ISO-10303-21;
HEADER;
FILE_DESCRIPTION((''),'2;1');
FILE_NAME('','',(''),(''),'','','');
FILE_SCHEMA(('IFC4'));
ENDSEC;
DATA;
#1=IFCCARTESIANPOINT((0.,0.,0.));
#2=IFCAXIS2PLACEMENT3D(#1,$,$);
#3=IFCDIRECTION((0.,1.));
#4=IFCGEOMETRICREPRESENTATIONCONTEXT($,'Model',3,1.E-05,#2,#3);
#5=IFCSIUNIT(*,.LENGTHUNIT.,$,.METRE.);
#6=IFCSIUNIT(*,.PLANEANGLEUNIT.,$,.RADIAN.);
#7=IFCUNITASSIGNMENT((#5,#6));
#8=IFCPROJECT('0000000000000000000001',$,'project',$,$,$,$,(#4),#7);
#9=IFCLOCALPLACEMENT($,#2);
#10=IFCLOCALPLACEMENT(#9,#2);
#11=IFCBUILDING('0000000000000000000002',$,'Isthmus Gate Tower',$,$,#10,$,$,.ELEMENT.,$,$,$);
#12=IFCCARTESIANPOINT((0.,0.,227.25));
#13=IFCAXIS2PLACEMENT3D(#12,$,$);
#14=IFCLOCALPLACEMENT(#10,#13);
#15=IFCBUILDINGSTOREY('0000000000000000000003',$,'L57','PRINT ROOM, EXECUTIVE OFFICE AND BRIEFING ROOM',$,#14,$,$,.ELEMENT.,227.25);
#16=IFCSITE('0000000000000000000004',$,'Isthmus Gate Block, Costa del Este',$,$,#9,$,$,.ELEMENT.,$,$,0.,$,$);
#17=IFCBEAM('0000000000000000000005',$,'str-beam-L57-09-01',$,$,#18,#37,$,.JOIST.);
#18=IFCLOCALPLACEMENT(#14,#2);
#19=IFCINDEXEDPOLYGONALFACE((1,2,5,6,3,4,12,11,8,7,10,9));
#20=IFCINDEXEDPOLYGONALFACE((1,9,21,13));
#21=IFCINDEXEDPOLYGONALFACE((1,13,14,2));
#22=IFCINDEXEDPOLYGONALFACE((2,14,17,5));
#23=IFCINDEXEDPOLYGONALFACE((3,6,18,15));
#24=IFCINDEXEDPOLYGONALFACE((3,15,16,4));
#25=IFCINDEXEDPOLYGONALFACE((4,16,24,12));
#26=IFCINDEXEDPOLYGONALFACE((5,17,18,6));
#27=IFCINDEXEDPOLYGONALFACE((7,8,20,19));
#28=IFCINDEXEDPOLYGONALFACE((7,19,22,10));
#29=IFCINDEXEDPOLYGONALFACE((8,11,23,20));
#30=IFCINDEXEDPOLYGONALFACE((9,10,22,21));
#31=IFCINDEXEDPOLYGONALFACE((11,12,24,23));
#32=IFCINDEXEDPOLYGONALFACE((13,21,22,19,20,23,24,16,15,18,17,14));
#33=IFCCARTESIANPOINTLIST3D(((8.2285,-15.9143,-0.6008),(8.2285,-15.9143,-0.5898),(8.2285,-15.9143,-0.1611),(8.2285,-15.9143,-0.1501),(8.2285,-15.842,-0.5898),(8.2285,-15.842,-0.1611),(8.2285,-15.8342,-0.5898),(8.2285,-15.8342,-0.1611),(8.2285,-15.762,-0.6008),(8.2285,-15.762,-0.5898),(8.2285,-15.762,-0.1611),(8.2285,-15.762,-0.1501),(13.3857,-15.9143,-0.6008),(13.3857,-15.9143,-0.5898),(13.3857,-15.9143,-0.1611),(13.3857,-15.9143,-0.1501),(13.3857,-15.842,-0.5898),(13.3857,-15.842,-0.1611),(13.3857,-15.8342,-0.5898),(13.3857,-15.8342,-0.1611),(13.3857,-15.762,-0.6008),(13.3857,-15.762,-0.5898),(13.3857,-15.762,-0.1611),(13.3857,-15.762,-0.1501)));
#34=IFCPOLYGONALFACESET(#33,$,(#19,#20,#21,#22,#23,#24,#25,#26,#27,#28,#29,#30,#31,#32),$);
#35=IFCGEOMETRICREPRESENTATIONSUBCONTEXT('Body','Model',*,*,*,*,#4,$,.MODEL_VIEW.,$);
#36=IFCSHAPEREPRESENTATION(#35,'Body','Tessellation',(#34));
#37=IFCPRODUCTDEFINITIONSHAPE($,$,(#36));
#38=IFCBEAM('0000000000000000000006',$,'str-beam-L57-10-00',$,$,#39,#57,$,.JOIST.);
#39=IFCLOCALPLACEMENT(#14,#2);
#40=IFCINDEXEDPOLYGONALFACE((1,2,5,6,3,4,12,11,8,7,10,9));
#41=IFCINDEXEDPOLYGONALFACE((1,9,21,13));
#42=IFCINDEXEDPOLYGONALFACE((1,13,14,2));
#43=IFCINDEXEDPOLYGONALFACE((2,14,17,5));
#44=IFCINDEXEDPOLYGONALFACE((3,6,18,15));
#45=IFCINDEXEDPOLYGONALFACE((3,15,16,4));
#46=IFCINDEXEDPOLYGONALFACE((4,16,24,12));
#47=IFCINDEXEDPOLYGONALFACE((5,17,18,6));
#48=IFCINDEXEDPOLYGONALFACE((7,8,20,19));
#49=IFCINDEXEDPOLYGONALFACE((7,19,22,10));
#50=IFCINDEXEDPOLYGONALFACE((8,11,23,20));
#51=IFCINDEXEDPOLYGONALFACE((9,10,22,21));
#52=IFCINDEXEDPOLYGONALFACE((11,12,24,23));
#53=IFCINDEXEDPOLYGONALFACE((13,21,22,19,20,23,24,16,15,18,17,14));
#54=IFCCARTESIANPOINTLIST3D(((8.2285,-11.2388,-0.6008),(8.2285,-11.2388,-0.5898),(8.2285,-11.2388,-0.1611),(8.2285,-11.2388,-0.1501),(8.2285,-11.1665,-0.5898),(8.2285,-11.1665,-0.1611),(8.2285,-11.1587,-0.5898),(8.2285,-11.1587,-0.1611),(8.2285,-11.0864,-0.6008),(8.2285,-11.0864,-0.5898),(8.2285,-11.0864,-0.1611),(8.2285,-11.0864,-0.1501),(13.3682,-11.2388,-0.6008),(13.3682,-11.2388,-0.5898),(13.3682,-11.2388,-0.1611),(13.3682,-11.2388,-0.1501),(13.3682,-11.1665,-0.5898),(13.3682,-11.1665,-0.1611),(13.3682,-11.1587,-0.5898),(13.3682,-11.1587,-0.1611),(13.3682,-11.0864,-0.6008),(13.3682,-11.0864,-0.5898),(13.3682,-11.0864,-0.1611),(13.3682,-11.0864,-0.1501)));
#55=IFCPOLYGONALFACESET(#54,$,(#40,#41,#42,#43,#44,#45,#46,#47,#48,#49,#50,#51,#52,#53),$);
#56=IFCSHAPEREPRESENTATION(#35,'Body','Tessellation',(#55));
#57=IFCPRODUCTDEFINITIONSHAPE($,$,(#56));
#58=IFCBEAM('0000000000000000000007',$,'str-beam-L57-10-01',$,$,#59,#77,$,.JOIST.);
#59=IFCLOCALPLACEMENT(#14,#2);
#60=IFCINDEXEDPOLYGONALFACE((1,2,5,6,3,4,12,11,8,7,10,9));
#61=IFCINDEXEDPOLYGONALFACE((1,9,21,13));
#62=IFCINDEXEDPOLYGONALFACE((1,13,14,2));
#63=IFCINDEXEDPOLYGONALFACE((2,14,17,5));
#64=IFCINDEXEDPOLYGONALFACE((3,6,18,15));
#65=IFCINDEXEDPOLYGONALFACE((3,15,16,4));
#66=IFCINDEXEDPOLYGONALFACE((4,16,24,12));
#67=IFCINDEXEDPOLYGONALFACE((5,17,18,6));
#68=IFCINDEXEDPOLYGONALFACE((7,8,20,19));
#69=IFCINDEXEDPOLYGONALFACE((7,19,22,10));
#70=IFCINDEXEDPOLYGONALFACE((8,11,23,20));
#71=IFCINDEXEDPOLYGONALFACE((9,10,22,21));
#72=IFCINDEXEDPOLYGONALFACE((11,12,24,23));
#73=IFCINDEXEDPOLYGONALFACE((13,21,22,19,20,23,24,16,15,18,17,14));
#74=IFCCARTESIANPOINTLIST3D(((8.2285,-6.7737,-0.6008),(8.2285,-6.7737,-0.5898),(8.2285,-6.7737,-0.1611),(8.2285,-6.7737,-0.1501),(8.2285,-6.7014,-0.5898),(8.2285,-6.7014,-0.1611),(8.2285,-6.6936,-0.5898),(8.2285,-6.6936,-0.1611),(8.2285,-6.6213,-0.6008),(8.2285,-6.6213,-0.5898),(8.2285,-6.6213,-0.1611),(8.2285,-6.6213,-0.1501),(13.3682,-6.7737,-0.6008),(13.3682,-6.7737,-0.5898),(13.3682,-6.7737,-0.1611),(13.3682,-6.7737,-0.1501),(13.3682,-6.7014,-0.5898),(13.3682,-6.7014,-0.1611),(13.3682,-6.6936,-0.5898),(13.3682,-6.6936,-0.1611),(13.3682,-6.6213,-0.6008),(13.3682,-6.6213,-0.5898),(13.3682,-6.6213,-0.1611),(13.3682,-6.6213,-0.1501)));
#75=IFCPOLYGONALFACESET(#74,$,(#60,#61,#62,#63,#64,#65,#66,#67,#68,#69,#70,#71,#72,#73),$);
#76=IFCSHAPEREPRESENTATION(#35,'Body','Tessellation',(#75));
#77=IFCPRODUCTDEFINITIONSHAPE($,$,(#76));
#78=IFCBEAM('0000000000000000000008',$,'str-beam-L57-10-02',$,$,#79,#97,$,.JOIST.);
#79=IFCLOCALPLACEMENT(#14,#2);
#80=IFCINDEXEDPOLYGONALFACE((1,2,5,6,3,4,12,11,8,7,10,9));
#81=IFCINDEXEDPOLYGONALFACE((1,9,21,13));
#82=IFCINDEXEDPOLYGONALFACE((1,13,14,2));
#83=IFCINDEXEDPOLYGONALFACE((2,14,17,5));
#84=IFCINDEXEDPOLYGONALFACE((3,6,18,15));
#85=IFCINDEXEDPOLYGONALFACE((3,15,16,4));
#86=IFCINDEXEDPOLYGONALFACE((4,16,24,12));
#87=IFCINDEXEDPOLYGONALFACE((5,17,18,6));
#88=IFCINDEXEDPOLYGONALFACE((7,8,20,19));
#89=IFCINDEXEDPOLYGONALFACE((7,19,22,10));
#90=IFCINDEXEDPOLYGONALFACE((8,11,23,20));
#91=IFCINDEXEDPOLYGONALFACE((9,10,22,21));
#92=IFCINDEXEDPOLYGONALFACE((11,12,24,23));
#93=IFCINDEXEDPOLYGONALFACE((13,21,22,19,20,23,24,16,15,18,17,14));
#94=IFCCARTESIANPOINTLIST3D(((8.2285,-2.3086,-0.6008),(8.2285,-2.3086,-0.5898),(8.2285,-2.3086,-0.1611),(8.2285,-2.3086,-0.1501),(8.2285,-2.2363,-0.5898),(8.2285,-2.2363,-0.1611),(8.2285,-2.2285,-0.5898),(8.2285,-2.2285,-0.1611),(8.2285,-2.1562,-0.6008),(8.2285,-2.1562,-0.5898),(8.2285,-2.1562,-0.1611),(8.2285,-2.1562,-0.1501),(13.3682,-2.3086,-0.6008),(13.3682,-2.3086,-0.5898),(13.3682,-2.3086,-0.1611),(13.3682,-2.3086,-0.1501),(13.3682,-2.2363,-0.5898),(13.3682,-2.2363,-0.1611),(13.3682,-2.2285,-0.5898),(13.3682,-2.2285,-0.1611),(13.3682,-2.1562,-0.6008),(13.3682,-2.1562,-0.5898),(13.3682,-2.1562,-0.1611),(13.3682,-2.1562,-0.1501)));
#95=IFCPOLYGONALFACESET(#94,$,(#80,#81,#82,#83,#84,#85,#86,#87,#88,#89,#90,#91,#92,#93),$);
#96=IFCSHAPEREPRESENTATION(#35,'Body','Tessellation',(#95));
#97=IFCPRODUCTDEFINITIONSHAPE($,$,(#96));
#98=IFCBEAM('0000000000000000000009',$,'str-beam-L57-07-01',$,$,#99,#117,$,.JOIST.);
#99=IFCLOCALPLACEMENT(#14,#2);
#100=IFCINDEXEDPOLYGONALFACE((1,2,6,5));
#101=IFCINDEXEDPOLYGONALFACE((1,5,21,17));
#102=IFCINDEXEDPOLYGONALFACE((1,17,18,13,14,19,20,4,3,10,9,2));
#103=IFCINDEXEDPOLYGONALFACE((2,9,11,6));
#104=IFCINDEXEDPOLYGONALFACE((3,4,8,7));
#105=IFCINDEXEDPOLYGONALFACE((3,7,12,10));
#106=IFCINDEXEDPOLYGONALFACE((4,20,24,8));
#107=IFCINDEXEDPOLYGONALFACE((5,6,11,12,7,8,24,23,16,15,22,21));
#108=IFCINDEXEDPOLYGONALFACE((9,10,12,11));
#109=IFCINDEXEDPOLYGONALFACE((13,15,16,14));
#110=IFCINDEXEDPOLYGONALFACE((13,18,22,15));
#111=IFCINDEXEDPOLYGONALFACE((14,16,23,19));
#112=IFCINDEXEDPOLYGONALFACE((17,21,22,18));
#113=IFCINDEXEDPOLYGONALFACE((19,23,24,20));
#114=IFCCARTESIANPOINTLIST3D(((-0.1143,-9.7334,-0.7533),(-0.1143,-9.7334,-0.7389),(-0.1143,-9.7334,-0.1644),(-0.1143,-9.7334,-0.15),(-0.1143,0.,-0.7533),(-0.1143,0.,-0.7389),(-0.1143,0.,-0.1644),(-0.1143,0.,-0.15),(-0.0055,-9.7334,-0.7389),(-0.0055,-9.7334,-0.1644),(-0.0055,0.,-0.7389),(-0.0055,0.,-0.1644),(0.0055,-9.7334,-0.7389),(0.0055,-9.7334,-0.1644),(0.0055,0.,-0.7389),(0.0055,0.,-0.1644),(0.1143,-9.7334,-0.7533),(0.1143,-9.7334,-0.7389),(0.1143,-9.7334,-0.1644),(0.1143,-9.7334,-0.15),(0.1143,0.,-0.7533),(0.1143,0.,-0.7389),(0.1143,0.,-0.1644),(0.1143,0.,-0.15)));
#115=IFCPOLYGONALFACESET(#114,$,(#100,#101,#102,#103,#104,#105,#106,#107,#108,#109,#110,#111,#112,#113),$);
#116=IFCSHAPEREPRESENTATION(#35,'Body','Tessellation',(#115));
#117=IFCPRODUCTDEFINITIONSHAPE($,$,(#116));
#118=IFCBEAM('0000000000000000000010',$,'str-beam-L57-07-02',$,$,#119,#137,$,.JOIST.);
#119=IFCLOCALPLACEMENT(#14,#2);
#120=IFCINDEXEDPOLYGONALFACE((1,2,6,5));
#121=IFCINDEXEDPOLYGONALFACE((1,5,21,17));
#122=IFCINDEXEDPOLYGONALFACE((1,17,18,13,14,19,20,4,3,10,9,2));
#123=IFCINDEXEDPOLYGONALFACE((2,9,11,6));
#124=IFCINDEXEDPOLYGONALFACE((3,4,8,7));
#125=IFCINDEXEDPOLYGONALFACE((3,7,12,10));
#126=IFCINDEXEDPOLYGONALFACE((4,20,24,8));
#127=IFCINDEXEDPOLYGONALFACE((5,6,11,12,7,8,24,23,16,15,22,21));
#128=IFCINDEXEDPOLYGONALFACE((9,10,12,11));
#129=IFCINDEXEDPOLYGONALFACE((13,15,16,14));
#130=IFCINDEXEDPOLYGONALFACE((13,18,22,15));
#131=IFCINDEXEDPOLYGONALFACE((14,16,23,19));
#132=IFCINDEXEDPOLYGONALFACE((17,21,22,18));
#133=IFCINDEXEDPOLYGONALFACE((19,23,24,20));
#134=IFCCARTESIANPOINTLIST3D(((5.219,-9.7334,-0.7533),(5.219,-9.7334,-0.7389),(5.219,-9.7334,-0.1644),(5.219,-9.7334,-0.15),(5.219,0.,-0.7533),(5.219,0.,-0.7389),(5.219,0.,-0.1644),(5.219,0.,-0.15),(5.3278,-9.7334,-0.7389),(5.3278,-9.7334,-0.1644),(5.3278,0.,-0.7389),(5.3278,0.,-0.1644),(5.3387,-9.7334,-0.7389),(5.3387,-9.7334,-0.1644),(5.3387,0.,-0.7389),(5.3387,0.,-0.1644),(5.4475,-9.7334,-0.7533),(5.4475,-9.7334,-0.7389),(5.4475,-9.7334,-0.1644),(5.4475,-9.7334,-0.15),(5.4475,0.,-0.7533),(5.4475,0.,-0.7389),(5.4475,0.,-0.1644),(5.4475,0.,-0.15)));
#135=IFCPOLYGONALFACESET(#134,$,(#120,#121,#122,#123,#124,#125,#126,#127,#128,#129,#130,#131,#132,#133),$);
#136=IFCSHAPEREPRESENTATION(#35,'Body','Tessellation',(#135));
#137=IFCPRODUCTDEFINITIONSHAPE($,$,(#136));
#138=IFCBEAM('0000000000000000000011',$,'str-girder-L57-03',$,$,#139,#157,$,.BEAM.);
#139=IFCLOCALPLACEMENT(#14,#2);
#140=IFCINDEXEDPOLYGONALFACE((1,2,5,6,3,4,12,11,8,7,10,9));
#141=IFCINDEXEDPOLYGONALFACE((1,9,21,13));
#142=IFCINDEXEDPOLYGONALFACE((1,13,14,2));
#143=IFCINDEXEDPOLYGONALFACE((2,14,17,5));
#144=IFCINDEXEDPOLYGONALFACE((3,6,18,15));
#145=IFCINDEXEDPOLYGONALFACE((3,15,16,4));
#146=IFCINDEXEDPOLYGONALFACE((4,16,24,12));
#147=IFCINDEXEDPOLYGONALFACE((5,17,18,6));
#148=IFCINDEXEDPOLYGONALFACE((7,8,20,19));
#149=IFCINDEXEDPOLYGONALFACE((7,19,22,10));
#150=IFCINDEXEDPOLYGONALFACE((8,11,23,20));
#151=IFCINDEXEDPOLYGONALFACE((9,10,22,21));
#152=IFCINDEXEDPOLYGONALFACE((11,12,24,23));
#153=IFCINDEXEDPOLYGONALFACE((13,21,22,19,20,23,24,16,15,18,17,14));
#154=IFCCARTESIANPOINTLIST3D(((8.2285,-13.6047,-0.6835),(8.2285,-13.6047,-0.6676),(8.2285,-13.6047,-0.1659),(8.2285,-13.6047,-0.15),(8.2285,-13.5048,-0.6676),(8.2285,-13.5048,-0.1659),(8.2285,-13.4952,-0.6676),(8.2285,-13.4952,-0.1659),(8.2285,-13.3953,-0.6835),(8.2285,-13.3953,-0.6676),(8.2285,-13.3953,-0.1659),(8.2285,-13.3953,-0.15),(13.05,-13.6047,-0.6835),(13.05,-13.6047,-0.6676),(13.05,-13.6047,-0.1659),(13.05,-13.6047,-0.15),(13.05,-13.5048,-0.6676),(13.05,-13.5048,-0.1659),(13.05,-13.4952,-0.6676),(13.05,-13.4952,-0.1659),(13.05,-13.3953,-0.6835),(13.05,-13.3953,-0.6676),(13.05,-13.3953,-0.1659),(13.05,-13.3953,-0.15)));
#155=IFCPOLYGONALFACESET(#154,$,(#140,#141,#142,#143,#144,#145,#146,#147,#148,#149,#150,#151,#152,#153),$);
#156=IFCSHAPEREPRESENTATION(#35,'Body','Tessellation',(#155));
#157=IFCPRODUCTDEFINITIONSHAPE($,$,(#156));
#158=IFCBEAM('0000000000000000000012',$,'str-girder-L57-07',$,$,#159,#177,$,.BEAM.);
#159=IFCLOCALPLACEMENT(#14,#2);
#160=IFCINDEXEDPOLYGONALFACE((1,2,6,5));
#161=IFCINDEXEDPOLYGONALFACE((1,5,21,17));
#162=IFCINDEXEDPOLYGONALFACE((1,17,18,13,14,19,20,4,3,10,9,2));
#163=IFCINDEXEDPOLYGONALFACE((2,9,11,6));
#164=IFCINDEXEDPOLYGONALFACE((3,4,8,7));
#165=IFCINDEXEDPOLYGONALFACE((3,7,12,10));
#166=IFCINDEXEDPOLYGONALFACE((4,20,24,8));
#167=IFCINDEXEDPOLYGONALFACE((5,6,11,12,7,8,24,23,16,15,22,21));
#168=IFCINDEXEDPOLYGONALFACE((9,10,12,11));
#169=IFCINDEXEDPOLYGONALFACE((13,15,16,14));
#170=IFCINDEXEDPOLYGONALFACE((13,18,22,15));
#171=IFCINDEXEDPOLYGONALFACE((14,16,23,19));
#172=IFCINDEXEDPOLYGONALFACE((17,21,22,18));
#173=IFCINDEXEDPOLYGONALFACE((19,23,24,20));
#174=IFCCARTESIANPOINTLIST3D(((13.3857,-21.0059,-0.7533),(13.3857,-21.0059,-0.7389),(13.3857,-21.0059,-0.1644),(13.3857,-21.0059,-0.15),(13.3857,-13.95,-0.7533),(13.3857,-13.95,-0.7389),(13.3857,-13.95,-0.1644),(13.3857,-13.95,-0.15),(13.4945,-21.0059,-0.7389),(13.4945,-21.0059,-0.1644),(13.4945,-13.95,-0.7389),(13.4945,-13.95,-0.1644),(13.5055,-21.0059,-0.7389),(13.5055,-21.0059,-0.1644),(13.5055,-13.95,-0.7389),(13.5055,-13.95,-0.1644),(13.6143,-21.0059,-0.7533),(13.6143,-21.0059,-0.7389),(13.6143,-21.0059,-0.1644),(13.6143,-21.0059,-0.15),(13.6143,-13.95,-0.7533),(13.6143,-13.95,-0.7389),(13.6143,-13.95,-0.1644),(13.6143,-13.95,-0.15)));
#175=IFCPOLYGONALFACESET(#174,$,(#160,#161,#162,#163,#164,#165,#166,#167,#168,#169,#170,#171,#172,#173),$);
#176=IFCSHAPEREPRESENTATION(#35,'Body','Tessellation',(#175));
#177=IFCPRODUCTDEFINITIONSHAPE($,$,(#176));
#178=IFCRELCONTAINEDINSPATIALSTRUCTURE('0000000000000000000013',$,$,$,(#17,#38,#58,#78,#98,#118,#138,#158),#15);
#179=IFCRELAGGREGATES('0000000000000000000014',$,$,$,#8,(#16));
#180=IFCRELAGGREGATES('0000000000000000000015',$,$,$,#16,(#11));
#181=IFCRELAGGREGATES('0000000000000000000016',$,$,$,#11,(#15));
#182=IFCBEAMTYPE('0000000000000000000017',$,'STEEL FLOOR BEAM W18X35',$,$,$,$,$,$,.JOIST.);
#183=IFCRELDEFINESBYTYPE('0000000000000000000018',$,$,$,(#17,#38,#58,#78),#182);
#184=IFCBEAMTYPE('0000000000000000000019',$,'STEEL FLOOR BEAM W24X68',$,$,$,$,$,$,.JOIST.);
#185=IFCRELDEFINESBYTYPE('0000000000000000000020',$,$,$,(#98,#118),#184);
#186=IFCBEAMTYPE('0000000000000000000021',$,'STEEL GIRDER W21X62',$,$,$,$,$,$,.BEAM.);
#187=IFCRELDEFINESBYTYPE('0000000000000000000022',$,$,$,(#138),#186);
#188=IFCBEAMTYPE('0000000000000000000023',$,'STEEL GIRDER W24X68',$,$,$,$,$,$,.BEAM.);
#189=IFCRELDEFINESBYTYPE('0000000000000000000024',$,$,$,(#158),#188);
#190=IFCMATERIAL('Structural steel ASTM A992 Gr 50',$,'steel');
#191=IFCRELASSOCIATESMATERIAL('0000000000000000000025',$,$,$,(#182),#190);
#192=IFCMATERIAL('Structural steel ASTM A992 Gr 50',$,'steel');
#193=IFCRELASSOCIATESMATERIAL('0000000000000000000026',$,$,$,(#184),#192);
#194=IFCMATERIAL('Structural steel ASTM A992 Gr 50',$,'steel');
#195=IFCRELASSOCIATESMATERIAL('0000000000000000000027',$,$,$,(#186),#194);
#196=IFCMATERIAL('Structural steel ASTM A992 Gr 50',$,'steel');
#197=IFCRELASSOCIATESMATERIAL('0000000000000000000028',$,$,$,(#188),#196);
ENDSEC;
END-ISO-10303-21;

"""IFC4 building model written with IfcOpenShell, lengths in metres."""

from ifc_helpers import new_model, si_unit, direction, frame, origin, origin_2d, place, context, subcontext, project, spatial, i_section, extrude, material, material_profile, profile_set, type_object, element, save


model = new_model("IFC4")

# Units and contexts
model_context = context("Model", 3, precision=1e-05, world=origin(), true_north=direction((0.0, 1.0)))
body_context = subcontext(model_context, "Body", "Model", "MODEL_VIEW")
ifc_project = project(units=[si_unit("LENGTHUNIT", "METRE"), si_unit("PLANEANGLEUNIT", "RADIAN")], contexts=[model_context])

# Site, building, storey
site_placement = place(None, origin())
site = spatial("IfcSite", under=ifc_project, at=site_placement, Name="Isthmus Gate Block, Costa del Este", CompositionType="ELEMENT", RefElevation=0.0)
building_placement = place(site_placement, origin())
building = spatial("IfcBuilding", under=site, at=building_placement, Name="Isthmus Gate Tower", CompositionType="ELEMENT")
storey_placement = place(building_placement, frame((0.0, 0.0, 227.25)))
storey = spatial("IfcBuildingStorey", under=building, at=storey_placement, Name="L57", Description="PRINT ROOM, EXECUTIVE OFFICE AND BRIEFING ROOM", CompositionType="ELEMENT", Elevation=227.25)

# Beams
ifc_material_1 = material(Name="Structural steel ASTM A992 Gr 50", Category="steel")
ifc_material_profile_1 = material_profile(ifc_material_1, i_section(OverallWidth=0.1523, OverallDepth=0.4507, WebThickness=0.0078, FlangeThickness=0.011, at=origin_2d()), Name="W18X35")
ifc_profile_set_1 = profile_set([ifc_material_profile_1], Name="Structural steel ASTM A992 Gr 50")
beam_type_1 = type_object("IfcBeamType", Name="STEEL FLOOR BEAM W18X35", PredefinedType="JOIST", material=ifc_profile_set_1)
for number, where, z_axis, x_axis, name in (
    (1, (8.2285, -15.8381, -0.3755), (1.0, 0.0, 0.0), (0.0, 1.0, 0.0), "str-beam-L57-09-01"),
):
    element("IfcBeam", number, at=place(storey_placement, frame(where, z_axis=z_axis, x_axis=x_axis)), inside=storey, type_object=beam_type_1, Name=name, PredefinedType="JOIST", context=body_context, shape_type="SweptSolid", body=[
        extrude(i_section(OverallWidth=0.1523, OverallDepth=0.4507, WebThickness=0.0078, FlangeThickness=0.011, at=origin_2d()), origin(), (0.0, 0.0, 1.0), 5.1572),
    ])
for number, where, z_axis, x_axis, name in (
    (2, (8.2285, -11.1626, -0.3755), (1.0, 0.0, 0.0), (0.0, 1.0, 0.0), "str-beam-L57-10-00"),
    (3, (8.2285, -6.6975, -0.3755), (1.0, 0.0, 0.0), (0.0, 1.0, 0.0), "str-beam-L57-10-01"),
    (4, (8.2285, -2.2324, -0.3755), (1.0, 0.0, 0.0), (0.0, 1.0, 0.0), "str-beam-L57-10-02"),
):
    element("IfcBeam", number, at=place(storey_placement, frame(where, z_axis=z_axis, x_axis=x_axis)), inside=storey, type_object=beam_type_1, Name=name, PredefinedType="JOIST", context=body_context, shape_type="SweptSolid", body=[
        extrude(i_section(OverallWidth=0.1523, OverallDepth=0.4507, WebThickness=0.0078, FlangeThickness=0.011, at=origin_2d()), origin(), (0.0, 0.0, 1.0), 5.1396),
    ])
ifc_material_2 = material(Name="Structural steel ASTM A992 Gr 50", Category="steel")
ifc_material_profile_2 = material_profile(ifc_material_2, i_section(OverallWidth=0.2285, OverallDepth=0.6033, WebThickness=0.011, FlangeThickness=0.0144, at=origin_2d()), Name="W24X68")
ifc_profile_set_2 = profile_set([ifc_material_profile_2], Name="Structural steel ASTM A992 Gr 50")
beam_type_2 = type_object("IfcBeamType", Name="STEEL FLOOR BEAM W24X68", PredefinedType="JOIST", material=ifc_profile_set_2)
for number, where, z_axis, x_axis, name in (
    (5, (0.0, -9.7334, -0.4517), (0.0, 1.0, 0.0), (-1.0, 0.0, 0.0), "str-beam-L57-07-01"),
    (6, (5.3333, -9.7334, -0.4517), (0.0, 1.0, 0.0), (-1.0, 0.0, 0.0), "str-beam-L57-07-02"),
):
    element("IfcBeam", number, at=place(storey_placement, frame(where, z_axis=z_axis, x_axis=x_axis)), inside=storey, type_object=beam_type_2, Name=name, PredefinedType="JOIST", context=body_context, shape_type="SweptSolid", body=[
        extrude(i_section(OverallWidth=0.2285, OverallDepth=0.6033, WebThickness=0.011, FlangeThickness=0.0144, at=origin_2d()), origin(), (0.0, 0.0, 1.0), 9.7334),
    ])
ifc_material_3 = material(Name="Structural steel ASTM A992 Gr 50", Category="steel")
ifc_material_profile_3 = material_profile(ifc_material_3, i_section(OverallWidth=0.2095, OverallDepth=0.5334, WebThickness=0.0095, FlangeThickness=0.0159, at=origin_2d()), Name="W21X62")
ifc_profile_set_3 = profile_set([ifc_material_profile_3], Name="Structural steel ASTM A992 Gr 50")
beam_type_3 = type_object("IfcBeamType", Name="STEEL GIRDER W21X62", PredefinedType="BEAM", material=ifc_profile_set_3)
beam_1_placement = place(storey_placement, frame((8.2285, -13.5, -0.4167), z_axis=(1.0, 0.0, 0.0), x_axis=(0.0, 1.0, 0.0)))
element("IfcBeam", 7, at=beam_1_placement, inside=storey, type_object=beam_type_3, Name="str-girder-L57-03", PredefinedType="BEAM", context=body_context, shape_type="SweptSolid", body=[
    extrude(i_section(OverallWidth=0.2095, OverallDepth=0.5334, WebThickness=0.0095, FlangeThickness=0.0159, at=origin_2d()), origin(), (0.0, 0.0, 1.0), 4.8215),
])
ifc_material_4 = material(Name="Structural steel ASTM A992 Gr 50", Category="steel")
ifc_material_profile_4 = material_profile(ifc_material_4, i_section(OverallWidth=0.2285, OverallDepth=0.6033, WebThickness=0.011, FlangeThickness=0.0144, at=origin_2d()), Name="W24X68")
ifc_profile_set_4 = profile_set([ifc_material_profile_4], Name="Structural steel ASTM A992 Gr 50")
beam_type_4 = type_object("IfcBeamType", Name="STEEL GIRDER W24X68", PredefinedType="BEAM", material=ifc_profile_set_4)
beam_2_placement = place(storey_placement, frame((13.5, -21.0059, -0.4517), z_axis=(0.0, 1.0, 0.0), x_axis=(-1.0, 0.0, 0.0)))
element("IfcBeam", 8, at=beam_2_placement, inside=storey, type_object=beam_type_4, Name="str-girder-L57-07", PredefinedType="BEAM", context=body_context, shape_type="SweptSolid", body=[
    extrude(i_section(OverallWidth=0.2285, OverallDepth=0.6033, WebThickness=0.011, FlangeThickness=0.0144, at=origin_2d()), origin(), (0.0, 0.0, 1.0), 7.0559),
])

save(model, "model.ifc")
